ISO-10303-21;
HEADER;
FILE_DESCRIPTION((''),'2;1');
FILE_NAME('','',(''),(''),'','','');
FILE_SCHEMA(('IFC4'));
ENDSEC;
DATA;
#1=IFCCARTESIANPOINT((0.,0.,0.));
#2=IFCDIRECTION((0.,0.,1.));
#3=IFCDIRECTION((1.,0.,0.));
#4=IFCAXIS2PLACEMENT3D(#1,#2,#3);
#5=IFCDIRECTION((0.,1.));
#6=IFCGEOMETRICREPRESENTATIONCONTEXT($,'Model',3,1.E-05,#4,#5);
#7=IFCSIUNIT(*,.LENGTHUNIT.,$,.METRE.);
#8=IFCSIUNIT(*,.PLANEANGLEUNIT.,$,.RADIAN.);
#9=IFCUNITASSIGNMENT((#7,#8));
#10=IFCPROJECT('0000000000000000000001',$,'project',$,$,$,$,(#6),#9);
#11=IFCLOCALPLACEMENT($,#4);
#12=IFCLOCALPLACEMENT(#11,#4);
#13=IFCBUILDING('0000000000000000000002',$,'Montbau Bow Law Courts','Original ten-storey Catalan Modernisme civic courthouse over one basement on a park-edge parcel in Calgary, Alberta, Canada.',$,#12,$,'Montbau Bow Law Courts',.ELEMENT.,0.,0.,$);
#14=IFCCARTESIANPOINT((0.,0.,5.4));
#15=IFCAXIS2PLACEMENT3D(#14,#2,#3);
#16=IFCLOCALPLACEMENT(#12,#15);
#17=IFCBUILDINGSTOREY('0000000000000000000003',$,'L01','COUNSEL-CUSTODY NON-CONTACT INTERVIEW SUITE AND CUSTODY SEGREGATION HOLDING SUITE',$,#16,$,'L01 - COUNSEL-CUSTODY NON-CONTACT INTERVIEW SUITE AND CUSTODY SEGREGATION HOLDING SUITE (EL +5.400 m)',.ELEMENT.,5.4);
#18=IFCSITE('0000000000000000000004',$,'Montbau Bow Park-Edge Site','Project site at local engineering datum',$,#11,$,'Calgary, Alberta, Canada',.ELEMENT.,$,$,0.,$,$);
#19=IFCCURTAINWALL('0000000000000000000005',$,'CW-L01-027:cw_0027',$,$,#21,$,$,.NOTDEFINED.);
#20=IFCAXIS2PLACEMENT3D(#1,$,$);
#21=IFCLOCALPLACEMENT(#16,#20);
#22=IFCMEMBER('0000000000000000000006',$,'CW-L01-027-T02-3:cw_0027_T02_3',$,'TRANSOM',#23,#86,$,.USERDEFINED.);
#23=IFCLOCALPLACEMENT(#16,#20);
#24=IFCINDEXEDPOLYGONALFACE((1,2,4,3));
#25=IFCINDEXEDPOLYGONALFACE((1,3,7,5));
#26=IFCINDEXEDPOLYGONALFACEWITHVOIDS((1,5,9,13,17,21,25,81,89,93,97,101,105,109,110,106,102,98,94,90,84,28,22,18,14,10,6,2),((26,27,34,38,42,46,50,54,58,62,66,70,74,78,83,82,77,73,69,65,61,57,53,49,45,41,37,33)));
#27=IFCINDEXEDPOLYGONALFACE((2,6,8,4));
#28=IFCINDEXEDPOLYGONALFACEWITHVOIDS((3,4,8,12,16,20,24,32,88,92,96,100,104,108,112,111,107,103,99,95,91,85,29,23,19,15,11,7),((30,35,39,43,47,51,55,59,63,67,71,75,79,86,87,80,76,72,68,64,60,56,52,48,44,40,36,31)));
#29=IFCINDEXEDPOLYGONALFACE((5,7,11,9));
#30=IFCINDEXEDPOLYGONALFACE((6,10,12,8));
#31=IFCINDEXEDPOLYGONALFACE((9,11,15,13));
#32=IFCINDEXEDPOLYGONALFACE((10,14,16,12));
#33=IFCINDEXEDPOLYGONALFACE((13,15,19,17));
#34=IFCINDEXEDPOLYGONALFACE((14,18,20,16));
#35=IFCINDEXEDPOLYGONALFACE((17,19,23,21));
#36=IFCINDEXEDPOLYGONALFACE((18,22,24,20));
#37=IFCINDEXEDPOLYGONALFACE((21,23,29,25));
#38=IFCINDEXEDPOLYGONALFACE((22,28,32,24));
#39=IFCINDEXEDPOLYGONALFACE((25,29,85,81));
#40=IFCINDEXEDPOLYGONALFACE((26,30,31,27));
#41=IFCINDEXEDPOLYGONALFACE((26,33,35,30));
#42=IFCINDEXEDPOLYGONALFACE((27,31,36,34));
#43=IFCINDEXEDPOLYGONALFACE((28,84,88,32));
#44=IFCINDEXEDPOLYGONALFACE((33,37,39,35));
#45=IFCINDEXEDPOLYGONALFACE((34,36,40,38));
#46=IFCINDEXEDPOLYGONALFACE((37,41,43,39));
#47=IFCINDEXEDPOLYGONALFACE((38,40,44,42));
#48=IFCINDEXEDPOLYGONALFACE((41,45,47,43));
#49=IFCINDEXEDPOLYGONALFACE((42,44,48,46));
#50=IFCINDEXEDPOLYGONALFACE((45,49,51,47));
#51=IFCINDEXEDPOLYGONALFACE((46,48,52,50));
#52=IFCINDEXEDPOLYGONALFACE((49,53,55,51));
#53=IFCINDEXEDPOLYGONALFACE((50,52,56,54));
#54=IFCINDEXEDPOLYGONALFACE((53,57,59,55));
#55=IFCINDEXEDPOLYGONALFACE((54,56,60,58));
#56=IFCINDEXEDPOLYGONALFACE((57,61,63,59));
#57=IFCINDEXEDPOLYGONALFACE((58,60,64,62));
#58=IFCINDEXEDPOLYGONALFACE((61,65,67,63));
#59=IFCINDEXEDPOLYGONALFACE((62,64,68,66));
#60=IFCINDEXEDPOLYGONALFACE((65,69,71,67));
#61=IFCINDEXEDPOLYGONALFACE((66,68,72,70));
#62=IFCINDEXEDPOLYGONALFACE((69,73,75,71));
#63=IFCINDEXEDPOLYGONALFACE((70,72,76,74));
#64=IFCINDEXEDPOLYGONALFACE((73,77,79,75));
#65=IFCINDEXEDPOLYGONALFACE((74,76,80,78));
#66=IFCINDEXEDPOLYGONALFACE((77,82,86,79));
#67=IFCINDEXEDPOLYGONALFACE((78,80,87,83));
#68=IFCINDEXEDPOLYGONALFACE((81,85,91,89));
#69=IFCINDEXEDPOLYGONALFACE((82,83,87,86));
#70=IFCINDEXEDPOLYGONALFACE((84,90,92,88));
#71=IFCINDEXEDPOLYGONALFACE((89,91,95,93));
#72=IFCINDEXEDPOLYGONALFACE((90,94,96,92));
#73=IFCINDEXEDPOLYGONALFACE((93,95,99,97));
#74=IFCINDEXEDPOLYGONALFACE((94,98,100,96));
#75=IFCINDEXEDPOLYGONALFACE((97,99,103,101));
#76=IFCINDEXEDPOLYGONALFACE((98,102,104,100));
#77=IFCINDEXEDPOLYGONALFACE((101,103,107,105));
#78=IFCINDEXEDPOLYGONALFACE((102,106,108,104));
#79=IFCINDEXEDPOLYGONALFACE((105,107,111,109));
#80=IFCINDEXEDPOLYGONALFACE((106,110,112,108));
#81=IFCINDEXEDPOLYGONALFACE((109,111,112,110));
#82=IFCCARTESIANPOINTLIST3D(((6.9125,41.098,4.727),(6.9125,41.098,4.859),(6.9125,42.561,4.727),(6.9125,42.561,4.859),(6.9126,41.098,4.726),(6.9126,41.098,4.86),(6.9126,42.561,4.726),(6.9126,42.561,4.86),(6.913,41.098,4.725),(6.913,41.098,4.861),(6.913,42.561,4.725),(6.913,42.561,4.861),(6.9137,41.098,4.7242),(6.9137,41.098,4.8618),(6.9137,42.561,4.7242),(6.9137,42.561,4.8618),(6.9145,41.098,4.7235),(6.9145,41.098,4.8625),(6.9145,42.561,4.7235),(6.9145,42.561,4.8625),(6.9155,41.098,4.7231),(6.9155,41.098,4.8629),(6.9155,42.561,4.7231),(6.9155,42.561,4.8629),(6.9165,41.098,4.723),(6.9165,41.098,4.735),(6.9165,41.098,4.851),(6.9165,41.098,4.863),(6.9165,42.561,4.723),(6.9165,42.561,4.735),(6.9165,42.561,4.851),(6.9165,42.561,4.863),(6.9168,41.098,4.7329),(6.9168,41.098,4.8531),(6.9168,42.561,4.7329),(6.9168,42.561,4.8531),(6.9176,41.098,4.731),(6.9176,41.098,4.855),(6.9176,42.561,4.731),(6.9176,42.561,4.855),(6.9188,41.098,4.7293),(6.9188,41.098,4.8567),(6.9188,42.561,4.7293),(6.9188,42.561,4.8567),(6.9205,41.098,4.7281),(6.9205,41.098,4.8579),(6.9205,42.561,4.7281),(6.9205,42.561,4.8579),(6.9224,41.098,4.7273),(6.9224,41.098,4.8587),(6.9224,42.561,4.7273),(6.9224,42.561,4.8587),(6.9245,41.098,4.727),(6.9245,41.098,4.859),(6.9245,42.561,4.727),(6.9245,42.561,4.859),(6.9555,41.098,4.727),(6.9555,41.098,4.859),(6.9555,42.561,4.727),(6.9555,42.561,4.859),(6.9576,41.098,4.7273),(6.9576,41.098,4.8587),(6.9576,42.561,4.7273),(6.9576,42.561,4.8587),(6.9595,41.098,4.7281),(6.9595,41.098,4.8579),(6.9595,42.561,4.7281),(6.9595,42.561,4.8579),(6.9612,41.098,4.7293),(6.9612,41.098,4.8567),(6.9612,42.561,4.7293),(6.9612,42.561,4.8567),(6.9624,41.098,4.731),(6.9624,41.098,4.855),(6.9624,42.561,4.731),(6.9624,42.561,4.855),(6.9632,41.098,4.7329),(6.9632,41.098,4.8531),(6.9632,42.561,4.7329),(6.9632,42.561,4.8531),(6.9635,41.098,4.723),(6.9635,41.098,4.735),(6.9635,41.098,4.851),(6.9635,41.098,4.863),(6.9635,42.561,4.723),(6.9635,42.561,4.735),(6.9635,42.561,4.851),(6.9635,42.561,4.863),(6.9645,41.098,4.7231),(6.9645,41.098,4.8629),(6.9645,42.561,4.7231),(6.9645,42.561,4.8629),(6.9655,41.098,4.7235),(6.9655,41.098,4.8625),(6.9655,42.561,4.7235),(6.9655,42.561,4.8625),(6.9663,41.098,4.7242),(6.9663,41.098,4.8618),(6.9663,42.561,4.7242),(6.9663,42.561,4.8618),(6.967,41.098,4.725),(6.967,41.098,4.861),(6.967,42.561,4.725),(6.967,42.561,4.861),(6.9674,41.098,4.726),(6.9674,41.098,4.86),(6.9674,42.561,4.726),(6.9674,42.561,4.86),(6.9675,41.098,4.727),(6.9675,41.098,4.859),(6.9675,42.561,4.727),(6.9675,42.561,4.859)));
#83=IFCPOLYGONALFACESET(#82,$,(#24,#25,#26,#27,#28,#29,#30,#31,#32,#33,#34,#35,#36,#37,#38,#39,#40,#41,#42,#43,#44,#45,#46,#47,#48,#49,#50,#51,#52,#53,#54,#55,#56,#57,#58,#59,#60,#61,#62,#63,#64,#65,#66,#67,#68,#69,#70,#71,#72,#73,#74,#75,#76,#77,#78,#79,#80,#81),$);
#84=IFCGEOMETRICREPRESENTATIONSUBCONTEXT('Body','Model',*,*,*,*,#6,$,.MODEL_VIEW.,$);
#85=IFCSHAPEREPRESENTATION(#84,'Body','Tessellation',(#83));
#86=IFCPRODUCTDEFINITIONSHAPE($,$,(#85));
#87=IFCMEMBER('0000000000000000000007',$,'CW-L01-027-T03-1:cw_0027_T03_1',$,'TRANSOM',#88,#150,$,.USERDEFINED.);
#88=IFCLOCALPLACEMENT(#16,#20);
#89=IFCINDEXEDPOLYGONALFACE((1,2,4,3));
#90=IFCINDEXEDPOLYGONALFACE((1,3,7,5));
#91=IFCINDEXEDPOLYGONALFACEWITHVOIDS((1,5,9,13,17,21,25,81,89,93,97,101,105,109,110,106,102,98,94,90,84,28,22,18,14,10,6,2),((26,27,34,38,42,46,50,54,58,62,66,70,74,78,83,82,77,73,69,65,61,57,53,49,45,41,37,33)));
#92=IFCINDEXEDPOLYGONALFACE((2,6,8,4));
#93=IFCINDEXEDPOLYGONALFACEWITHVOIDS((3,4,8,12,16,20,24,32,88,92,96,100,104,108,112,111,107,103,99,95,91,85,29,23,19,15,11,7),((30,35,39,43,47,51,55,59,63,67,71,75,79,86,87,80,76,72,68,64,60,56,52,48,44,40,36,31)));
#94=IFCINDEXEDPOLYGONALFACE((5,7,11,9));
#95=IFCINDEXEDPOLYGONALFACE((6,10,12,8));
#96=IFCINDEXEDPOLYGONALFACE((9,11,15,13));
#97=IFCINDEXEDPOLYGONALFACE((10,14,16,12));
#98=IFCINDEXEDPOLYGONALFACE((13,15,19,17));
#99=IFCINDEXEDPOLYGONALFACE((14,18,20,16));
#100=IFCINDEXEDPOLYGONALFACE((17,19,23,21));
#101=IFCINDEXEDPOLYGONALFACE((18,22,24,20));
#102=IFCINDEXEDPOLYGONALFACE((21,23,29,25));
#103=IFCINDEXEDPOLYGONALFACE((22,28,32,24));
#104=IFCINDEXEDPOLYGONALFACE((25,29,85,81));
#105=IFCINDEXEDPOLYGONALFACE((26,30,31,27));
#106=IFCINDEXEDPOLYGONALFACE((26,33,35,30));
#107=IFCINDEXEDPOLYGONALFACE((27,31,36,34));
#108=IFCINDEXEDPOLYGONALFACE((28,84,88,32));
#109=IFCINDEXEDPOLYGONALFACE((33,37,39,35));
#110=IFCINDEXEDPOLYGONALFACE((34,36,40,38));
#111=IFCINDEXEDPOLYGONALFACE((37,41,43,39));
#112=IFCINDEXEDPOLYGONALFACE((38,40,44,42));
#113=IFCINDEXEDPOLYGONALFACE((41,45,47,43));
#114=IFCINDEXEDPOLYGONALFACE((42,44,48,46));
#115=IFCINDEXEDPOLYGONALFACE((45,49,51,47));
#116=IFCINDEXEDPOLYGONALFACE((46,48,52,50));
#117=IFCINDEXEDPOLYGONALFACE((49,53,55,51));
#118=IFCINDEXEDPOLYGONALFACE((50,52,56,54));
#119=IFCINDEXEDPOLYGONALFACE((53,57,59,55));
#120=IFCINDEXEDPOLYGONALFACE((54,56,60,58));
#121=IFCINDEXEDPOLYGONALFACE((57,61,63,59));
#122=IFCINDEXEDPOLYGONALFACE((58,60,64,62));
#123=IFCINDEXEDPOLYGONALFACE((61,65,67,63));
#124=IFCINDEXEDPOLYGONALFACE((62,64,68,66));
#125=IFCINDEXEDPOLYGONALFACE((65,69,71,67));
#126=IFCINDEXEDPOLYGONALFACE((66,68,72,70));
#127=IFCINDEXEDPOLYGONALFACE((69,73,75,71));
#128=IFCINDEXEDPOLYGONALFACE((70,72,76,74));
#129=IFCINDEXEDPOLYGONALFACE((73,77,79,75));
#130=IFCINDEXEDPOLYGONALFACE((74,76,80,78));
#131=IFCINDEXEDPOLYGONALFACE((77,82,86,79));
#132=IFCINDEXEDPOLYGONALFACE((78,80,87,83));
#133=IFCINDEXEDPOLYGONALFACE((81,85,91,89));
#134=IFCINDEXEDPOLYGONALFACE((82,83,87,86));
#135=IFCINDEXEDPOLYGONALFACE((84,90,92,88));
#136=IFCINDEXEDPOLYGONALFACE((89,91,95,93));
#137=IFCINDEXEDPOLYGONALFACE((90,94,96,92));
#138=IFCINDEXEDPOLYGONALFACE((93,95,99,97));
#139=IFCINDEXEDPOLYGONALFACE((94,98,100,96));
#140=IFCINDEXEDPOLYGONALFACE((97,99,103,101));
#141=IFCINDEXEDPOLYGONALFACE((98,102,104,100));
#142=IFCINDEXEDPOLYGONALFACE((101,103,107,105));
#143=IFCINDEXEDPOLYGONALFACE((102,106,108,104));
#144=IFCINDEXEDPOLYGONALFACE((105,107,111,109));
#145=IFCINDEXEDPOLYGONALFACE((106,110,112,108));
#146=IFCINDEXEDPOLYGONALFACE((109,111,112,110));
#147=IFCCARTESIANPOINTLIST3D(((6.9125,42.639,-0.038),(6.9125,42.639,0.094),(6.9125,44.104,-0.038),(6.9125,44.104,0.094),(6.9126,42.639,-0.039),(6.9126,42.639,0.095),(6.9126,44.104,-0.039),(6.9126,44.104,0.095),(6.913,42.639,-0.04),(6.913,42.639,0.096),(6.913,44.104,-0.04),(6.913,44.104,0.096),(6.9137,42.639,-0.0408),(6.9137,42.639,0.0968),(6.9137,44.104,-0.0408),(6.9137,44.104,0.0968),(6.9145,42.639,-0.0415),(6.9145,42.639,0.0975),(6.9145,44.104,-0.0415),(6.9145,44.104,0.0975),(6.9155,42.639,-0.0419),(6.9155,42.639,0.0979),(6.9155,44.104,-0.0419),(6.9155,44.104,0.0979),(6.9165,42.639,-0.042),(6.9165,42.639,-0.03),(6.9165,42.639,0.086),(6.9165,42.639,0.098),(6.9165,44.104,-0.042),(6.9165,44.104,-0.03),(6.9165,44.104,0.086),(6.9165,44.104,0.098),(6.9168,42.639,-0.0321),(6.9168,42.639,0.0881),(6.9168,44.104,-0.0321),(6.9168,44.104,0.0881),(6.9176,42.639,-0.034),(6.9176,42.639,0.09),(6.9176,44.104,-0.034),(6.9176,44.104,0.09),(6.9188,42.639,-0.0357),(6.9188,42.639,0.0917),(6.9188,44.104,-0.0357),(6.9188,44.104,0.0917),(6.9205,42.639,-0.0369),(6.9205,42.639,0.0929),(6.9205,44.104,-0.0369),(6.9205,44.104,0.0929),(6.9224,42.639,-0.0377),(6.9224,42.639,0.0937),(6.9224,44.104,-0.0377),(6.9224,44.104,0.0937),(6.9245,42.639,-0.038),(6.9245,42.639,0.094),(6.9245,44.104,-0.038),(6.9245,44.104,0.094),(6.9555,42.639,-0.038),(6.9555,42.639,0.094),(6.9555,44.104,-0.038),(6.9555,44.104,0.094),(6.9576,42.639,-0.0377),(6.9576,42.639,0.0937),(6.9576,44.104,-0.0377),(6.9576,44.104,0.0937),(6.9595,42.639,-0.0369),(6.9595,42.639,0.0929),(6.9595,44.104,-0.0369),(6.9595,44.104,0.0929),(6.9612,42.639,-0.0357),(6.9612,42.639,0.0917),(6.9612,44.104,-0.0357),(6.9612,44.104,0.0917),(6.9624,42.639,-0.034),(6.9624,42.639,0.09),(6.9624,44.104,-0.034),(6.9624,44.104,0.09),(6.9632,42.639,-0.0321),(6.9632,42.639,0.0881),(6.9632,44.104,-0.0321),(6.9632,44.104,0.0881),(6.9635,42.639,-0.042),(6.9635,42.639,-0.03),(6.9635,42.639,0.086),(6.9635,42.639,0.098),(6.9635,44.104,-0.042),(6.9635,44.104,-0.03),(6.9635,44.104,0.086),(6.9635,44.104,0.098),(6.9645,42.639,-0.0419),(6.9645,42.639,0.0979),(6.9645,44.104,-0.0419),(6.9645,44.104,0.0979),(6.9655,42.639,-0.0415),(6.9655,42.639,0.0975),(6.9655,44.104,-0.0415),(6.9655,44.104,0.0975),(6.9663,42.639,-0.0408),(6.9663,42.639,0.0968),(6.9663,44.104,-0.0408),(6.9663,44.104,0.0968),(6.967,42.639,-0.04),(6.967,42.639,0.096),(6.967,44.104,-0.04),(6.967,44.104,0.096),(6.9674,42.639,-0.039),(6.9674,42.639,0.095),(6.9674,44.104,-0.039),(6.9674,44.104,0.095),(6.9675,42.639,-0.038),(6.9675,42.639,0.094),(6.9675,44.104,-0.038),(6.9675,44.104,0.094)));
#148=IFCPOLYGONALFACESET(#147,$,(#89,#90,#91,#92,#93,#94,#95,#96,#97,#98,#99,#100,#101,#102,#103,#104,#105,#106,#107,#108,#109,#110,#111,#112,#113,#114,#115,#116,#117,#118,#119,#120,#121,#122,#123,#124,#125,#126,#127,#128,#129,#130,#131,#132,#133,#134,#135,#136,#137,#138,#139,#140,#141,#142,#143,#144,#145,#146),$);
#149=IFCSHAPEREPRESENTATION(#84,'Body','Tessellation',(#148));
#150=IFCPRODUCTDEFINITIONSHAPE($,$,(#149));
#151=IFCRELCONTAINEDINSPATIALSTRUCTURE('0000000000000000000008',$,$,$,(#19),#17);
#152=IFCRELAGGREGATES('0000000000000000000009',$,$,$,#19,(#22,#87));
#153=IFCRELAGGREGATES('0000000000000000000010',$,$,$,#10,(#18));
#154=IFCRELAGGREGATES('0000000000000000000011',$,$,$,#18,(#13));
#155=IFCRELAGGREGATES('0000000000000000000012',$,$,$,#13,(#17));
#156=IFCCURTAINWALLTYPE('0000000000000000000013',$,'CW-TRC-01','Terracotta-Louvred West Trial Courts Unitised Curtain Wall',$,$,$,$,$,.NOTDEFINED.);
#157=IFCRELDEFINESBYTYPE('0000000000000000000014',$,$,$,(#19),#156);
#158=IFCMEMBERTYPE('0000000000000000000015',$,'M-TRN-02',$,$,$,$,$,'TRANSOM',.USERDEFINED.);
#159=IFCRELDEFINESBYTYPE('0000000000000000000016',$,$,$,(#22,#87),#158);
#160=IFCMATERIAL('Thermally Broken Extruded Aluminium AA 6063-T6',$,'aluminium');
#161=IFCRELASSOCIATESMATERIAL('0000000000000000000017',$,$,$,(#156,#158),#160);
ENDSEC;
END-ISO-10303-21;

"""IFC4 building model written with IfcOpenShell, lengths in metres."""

from ifc_helpers import new_model, si_unit, direction, frame, origin_with_axes, origin_2d_with_axis, place, context, subcontext, project, spatial, hollow_rectangle, extrude, material, material_profile, profile_set, type_object, element, aggregate, save


model = new_model("IFC4")

# Units and contexts
model_context = context("Model", 3, precision=1e-05, world=origin_with_axes(), true_north=direction((0.0, 1.0)))
body_context = subcontext(model_context, "Body", "Model", "MODEL_VIEW")
ifc_project = project(units=[si_unit("LENGTHUNIT", "METRE"), si_unit("PLANEANGLEUNIT", "RADIAN")], contexts=[model_context])

# Site, building, storey
site_placement = place(None, origin_with_axes())
site = spatial("IfcSite", under=ifc_project, at=site_placement, Name="Montbau Bow Park-Edge Site", Description="Project site at local engineering datum", LongName="Calgary, Alberta, Canada", CompositionType="ELEMENT", RefElevation=0.0)
building_placement = place(site_placement, origin_with_axes())
building = spatial("IfcBuilding", under=site, at=building_placement, Name="Montbau Bow Law Courts", Description="Original ten-storey Catalan Modernisme civic courthouse over one basement on a park-edge parcel in Calgary, Alberta, Canada.", LongName="Montbau Bow Law Courts", CompositionType="ELEMENT", ElevationOfRefHeight=0.0, ElevationOfTerrain=0.0)
storey_placement = place(building_placement, frame((0.0, 0.0, 5.4), z_axis=(0.0, 0.0, 1.0), x_axis=(1.0, 0.0, 0.0)))
storey = spatial("IfcBuildingStorey", under=building, at=storey_placement, Name="L01", Description="COUNSEL-CUSTODY NON-CONTACT INTERVIEW SUITE AND CUSTODY SEGREGATION HOLDING SUITE", LongName="L01 - COUNSEL-CUSTODY NON-CONTACT INTERVIEW SUITE AND CUSTODY SEGREGATION HOLDING SUITE (EL +5.400 m)", CompositionType="ELEMENT", Elevation=5.4)

# Curtain wall
ifc_material_1 = material(Name="Thermally Broken Extruded Aluminium AA 6063-T6", Category="aluminium")
curtain_wall_type = type_object("IfcCurtainWallType", Name="CW-TRC-01", Description="Terracotta-Louvred West Trial Courts Unitised Curtain Wall", PredefinedType="NOTDEFINED", material=ifc_material_1)
curtain_wall_1_placement = place(None, frame((6.94, 39.515, 5.4), z_axis=(0.0, 0.0, 1.0), x_axis=(1.0, 0.0, 0.0)))
curtain_wall_1 = element("IfcCurtainWall", 1, at=curtain_wall_1_placement, inside=storey, type_object=curtain_wall_type, Name="CW-L01-027:cw_0027", PredefinedType="NOTDEFINED")

# Members
ifc_material_profile_1 = material_profile(ifc_material_1, hollow_rectangle(XDim=0.055, YDim=0.14, WallThickness=0.004, InnerFilletRadius=0.008, OuterFilletRadius=0.004, at=origin_2d_with_axis()), Name="CWT-140X55", Category="Main", Priority=0)
ifc_profile_set_1 = profile_set([ifc_material_profile_1], Name="Thermally Broken Extruded Aluminium AA 6063-T6")
member_type_1 = type_object("IfcMemberType", Name="M-TRN-02", ElementType="TRANSOM", PredefinedType="USERDEFINED", material=ifc_profile_set_1)
member_1_placement = place(None, frame((6.94, 41.098, 10.193), z_axis=(0.0, 1.0, 0.0), x_axis=(-1.0, 0.0, 0.0)))
member_1 = element("IfcMember", 2, at=member_1_placement, type_object=member_type_1, Name="CW-L01-027-T02-3:cw_0027_T02_3", ObjectType="TRANSOM", PredefinedType="USERDEFINED", context=body_context, shape_type="SweptSolid", body=[
    extrude(hollow_rectangle(XDim=0.055, YDim=0.14, WallThickness=0.004, InnerFilletRadius=0.008, OuterFilletRadius=0.004, at=origin_2d_with_axis()), origin_with_axes(), (0.0, 0.0, 1.0), 1.463),
])
member_2_placement = place(None, frame((6.94, 42.639, 5.428), z_axis=(0.0, 1.0, 0.0), x_axis=(-1.0, 0.0, 0.0)))
member_2 = element("IfcMember", 3, at=member_2_placement, type_object=member_type_1, Name="CW-L01-027-T03-1:cw_0027_T03_1", ObjectType="TRANSOM", PredefinedType="USERDEFINED", context=body_context, shape_type="SweptSolid", body=[
    extrude(hollow_rectangle(XDim=0.055, YDim=0.14, WallThickness=0.004, InnerFilletRadius=0.008, OuterFilletRadius=0.004, at=origin_2d_with_axis()), origin_with_axes(), (0.0, 0.0, 1.0), 1.465),
])

aggregate(curtain_wall_1, [member_1, member_2])

save(model, "model.ifc")
